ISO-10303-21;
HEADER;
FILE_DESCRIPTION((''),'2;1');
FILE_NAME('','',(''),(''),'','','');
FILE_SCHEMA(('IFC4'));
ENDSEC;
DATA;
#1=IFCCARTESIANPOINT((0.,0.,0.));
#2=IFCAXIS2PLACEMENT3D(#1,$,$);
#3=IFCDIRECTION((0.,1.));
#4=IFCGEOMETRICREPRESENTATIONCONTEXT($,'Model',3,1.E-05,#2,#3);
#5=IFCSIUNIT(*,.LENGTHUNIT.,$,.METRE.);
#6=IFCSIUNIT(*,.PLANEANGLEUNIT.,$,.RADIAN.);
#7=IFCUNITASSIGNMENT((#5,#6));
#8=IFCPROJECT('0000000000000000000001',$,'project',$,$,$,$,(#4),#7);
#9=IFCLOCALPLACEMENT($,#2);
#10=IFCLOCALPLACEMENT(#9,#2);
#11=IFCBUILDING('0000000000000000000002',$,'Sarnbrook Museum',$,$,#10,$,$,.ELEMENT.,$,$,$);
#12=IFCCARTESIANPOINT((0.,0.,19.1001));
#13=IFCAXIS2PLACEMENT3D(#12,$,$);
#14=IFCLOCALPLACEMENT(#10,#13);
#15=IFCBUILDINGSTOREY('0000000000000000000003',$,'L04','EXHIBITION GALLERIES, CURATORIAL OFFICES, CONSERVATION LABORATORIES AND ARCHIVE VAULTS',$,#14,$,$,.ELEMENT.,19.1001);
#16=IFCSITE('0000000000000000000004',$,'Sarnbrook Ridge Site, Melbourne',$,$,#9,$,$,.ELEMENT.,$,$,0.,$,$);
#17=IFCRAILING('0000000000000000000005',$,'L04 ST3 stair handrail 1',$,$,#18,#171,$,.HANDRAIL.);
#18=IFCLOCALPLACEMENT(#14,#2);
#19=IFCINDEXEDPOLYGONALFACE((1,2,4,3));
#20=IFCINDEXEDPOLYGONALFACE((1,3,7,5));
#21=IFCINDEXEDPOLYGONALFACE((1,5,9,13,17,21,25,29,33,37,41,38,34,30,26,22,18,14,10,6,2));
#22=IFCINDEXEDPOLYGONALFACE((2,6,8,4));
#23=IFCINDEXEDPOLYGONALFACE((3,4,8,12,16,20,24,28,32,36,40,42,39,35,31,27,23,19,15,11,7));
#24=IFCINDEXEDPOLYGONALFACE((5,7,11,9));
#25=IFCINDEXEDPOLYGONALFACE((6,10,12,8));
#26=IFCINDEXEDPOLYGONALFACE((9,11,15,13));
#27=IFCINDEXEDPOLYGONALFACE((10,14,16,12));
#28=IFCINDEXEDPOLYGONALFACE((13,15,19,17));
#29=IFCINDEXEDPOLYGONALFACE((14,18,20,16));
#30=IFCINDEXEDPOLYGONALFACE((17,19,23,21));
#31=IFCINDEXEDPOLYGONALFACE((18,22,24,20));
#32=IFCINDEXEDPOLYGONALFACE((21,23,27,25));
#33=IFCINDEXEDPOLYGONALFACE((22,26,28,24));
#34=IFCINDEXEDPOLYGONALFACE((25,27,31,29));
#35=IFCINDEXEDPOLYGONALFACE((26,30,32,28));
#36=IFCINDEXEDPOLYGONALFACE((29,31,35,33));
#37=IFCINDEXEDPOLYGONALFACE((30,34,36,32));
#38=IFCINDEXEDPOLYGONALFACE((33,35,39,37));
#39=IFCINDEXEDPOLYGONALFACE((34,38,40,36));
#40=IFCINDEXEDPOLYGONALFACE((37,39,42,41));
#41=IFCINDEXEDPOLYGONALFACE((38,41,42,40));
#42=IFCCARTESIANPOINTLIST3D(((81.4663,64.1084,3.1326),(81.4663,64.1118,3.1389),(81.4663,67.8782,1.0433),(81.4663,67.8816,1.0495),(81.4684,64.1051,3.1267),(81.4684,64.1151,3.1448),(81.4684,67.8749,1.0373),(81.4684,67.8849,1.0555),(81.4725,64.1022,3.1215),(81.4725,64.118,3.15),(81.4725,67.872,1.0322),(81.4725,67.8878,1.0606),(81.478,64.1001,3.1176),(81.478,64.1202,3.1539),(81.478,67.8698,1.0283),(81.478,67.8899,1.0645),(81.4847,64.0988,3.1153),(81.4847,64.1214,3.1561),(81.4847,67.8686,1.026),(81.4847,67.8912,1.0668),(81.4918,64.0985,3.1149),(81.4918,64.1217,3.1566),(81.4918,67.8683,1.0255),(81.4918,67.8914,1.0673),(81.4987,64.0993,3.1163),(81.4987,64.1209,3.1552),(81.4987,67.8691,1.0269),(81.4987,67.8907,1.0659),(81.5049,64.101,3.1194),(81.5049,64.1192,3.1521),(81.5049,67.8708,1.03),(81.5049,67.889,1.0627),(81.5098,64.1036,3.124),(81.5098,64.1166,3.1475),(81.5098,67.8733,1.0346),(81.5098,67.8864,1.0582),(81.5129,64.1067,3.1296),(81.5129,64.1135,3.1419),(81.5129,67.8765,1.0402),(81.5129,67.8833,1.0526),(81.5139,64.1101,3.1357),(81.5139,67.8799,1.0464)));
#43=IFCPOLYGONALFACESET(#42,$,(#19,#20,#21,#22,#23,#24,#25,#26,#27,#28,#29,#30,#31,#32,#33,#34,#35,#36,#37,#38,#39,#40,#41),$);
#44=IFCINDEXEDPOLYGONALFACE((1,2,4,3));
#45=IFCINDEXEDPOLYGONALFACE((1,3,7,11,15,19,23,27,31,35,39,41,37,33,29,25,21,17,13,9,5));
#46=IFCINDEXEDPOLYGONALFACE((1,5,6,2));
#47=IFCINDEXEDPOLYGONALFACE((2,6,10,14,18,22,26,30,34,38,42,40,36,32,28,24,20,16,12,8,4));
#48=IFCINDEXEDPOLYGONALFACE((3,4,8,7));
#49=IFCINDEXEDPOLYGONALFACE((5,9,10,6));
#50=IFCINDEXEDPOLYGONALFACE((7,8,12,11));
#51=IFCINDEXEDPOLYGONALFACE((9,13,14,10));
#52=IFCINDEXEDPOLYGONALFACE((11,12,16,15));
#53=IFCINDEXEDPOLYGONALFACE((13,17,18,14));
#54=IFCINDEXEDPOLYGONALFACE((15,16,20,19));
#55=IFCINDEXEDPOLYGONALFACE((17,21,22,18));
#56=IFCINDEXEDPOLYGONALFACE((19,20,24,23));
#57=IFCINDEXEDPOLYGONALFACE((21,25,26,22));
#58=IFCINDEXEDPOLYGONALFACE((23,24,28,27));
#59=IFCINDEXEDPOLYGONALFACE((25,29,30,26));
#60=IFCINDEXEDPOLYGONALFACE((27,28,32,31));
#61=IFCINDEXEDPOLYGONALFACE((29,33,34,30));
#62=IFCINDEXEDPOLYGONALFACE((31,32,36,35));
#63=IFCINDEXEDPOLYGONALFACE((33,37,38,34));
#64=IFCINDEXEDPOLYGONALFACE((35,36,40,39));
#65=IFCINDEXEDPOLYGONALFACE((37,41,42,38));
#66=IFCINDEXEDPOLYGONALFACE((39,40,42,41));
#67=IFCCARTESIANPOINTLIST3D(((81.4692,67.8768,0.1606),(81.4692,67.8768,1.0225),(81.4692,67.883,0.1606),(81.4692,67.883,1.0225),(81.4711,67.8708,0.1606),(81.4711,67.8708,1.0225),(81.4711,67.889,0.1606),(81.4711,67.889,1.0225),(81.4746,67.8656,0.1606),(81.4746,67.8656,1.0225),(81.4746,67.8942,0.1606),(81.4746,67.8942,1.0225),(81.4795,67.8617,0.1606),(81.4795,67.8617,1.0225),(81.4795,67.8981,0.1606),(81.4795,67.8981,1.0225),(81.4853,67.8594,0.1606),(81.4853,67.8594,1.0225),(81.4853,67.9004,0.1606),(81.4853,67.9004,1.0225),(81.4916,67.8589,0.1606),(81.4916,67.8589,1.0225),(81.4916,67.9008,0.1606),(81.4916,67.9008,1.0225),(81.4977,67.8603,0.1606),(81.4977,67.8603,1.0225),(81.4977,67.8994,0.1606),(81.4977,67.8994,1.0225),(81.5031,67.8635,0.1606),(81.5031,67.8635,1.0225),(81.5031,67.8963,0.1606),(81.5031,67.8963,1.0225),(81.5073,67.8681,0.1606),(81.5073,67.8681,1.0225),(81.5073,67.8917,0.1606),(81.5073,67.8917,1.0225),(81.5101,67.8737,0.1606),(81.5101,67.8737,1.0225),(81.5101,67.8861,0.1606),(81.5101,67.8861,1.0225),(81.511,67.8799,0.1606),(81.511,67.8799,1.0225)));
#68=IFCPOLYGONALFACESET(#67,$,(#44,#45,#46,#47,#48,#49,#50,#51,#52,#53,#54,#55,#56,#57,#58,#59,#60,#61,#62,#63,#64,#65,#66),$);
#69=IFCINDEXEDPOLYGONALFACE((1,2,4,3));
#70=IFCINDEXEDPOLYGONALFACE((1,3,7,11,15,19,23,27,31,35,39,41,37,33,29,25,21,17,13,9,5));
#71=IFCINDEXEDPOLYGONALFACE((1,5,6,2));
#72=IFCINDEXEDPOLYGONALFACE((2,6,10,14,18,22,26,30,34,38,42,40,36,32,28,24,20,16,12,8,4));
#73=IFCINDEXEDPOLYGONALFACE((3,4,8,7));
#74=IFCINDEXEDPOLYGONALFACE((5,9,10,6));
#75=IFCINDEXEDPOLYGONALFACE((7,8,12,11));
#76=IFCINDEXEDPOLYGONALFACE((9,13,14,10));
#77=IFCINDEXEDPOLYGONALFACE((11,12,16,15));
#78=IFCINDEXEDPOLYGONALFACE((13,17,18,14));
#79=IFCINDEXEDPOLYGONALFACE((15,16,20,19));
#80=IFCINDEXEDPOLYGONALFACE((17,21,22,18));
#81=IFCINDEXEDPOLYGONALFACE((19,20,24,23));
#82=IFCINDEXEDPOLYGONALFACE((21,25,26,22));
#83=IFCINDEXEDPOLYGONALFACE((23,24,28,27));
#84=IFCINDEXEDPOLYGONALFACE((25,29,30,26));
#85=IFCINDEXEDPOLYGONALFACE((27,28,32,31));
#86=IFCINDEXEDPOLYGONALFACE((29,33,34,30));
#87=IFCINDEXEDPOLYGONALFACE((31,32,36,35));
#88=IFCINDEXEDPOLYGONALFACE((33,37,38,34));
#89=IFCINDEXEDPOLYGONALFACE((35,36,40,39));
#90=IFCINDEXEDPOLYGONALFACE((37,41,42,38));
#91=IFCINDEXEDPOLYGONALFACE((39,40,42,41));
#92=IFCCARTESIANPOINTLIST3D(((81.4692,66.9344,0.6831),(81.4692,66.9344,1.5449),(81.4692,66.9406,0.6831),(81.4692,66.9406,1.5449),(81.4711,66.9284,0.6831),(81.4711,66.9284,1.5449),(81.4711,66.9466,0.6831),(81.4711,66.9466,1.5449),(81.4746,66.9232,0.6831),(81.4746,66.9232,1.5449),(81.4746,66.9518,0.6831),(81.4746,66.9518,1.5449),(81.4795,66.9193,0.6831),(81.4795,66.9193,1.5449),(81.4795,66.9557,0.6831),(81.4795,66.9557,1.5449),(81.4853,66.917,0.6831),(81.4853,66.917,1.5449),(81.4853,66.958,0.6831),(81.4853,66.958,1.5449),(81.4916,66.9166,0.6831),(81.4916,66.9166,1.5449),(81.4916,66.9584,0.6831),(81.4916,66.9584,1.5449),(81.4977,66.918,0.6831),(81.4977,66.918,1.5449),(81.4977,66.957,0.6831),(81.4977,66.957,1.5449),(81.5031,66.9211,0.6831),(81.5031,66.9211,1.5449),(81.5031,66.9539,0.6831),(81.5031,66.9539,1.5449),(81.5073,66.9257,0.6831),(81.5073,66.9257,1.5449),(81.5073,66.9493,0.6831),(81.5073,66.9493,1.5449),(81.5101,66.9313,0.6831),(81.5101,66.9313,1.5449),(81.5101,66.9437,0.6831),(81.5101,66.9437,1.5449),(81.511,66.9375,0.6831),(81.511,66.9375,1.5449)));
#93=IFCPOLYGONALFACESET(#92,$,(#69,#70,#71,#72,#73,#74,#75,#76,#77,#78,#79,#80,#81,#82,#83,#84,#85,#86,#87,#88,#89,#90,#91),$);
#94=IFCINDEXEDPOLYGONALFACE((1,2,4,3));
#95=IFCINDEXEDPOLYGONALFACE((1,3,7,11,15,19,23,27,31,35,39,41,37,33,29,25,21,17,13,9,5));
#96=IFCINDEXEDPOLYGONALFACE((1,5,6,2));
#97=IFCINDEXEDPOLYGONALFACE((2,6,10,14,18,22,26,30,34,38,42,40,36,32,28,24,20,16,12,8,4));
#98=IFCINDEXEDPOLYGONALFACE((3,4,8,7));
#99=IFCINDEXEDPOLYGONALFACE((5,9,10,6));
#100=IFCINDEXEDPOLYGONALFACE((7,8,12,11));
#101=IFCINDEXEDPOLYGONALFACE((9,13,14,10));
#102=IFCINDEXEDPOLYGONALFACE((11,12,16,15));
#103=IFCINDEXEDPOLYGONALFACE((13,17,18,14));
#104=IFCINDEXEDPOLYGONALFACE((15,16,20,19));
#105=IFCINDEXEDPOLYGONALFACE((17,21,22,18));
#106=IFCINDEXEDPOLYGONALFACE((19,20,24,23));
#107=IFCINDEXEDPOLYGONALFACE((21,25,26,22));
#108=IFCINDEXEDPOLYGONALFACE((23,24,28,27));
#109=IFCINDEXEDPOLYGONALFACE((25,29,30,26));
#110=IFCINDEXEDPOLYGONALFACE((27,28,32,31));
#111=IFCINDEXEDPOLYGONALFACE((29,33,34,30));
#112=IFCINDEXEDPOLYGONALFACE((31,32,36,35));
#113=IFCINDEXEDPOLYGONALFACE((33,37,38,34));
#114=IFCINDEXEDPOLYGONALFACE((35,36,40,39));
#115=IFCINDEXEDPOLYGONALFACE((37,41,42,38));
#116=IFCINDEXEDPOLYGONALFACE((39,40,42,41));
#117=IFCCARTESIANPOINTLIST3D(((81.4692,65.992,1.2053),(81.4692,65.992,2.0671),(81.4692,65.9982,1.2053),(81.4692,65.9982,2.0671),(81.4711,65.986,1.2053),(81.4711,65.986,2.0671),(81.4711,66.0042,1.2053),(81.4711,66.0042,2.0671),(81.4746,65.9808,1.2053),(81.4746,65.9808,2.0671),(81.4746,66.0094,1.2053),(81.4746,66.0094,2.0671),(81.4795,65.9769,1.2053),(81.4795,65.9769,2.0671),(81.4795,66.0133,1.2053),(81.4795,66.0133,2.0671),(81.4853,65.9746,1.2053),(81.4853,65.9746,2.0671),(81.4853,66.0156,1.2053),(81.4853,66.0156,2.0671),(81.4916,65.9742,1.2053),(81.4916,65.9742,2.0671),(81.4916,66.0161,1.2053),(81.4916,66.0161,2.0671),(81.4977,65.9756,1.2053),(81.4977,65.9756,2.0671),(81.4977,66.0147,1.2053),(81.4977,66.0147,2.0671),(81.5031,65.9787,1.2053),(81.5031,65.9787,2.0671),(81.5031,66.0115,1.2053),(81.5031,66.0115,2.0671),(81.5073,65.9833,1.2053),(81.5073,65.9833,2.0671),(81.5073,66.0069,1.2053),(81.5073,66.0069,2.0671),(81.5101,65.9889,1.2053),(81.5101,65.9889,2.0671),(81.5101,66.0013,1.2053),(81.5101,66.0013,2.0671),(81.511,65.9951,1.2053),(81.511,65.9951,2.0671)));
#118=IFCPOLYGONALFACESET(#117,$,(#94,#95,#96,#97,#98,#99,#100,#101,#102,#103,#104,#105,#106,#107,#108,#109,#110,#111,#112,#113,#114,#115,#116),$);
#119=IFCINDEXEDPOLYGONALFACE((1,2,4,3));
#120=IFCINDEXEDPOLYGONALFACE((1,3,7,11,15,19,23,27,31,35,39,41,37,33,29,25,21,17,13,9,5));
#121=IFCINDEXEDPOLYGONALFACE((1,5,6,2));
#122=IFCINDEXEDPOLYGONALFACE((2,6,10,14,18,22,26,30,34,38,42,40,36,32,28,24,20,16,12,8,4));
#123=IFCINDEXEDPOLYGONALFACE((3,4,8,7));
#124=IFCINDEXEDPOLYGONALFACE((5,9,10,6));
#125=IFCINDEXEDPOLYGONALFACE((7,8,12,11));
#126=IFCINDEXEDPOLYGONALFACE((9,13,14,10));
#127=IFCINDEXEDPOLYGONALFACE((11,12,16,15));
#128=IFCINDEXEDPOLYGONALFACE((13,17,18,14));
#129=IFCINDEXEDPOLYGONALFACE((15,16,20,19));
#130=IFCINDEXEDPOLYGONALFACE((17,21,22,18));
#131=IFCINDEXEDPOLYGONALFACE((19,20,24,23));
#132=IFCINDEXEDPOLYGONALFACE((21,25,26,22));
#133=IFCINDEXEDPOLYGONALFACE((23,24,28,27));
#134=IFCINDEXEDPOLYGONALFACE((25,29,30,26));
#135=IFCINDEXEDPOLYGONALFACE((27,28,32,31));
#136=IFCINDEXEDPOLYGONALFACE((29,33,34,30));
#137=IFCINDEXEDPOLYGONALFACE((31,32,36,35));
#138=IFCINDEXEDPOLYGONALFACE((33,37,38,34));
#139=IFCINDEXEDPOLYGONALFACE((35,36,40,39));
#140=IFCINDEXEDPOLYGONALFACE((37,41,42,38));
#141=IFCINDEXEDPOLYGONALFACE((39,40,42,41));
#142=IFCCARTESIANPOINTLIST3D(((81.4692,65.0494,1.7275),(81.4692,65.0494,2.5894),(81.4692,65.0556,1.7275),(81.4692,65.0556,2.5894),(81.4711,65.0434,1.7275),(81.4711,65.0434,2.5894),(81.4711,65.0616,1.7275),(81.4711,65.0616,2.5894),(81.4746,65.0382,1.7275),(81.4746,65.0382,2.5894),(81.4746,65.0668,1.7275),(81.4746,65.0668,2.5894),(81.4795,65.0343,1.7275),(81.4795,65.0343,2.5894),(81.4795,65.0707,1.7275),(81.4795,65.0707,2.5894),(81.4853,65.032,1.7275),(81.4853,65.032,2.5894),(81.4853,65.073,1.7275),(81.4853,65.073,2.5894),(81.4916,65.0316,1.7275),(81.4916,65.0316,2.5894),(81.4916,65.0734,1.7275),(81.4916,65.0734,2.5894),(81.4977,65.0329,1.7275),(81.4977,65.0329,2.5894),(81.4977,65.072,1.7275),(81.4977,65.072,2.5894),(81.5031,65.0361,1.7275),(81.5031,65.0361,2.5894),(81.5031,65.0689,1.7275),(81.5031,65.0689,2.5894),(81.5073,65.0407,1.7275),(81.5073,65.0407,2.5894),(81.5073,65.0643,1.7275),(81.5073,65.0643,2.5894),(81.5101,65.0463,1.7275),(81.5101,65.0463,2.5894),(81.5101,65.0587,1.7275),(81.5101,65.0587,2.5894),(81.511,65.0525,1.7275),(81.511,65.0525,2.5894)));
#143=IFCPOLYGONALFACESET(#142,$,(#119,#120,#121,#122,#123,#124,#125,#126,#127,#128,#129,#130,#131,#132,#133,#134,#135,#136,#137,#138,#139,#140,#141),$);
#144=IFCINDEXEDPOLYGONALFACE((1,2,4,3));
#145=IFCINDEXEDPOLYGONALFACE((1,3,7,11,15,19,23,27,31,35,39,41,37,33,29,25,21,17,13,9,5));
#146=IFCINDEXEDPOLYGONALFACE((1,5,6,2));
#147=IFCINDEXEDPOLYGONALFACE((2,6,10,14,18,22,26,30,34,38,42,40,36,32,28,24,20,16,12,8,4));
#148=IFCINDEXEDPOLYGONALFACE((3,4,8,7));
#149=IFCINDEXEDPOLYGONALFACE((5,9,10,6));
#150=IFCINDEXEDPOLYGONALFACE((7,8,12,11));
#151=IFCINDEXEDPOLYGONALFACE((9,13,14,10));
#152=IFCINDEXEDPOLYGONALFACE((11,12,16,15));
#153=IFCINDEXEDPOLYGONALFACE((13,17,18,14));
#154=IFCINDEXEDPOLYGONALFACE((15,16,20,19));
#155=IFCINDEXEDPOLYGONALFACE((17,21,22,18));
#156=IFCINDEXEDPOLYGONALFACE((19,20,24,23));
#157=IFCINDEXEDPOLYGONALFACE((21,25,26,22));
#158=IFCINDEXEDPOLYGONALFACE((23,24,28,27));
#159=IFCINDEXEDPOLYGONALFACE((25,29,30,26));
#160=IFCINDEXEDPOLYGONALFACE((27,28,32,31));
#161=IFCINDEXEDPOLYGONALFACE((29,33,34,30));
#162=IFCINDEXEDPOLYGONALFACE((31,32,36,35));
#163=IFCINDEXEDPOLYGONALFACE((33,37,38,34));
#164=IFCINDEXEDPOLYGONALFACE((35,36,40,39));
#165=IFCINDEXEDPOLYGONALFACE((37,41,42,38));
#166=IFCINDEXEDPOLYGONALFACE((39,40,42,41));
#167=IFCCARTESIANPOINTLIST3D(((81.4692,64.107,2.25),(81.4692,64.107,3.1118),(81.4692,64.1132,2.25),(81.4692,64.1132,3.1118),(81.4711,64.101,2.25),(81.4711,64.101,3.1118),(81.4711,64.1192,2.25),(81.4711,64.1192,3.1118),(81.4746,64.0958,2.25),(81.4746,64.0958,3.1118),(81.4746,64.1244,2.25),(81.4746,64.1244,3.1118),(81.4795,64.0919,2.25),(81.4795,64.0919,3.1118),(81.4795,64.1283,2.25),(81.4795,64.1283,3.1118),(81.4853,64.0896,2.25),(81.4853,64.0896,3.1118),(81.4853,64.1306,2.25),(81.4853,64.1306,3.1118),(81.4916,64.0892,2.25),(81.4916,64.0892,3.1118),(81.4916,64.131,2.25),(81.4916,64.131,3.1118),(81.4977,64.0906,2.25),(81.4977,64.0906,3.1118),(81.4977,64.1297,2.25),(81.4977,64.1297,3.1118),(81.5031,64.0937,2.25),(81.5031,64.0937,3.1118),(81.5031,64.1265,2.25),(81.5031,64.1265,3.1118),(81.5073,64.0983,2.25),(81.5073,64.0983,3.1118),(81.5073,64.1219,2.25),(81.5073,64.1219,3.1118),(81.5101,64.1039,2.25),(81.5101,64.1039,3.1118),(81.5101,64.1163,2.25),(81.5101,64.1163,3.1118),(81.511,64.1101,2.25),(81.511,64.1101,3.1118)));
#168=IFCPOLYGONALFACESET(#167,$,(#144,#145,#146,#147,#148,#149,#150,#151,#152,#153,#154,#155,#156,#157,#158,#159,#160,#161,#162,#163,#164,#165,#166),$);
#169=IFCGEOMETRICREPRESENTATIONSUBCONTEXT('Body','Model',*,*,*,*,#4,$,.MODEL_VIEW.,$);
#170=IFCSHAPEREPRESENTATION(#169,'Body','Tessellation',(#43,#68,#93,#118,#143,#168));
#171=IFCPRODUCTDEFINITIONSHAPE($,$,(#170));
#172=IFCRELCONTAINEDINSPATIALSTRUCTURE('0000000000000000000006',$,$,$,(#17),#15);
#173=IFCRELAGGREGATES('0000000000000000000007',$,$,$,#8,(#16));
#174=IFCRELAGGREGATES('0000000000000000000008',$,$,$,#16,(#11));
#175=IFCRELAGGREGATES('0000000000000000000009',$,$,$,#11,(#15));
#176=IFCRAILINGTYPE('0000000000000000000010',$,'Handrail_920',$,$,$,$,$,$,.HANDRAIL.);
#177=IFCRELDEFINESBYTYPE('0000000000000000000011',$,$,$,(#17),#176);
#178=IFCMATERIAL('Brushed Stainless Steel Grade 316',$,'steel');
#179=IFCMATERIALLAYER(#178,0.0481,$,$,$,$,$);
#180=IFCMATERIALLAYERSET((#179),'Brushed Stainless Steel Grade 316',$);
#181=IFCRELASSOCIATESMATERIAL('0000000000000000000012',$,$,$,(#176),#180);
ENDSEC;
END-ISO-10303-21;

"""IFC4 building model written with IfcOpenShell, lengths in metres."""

from ifc_helpers import new_model, si_unit, direction, frame, origin, origin_2d, place, context, subcontext, project, spatial, circle, extrude, material, layer, layer_set, type_object, element, save


model = new_model("IFC4")

# Units and contexts
model_context = context("Model", 3, precision=1e-05, world=origin(), true_north=direction((0.0, 1.0)))
body_context = subcontext(model_context, "Body", "Model", "MODEL_VIEW")
ifc_project = project(units=[si_unit("LENGTHUNIT", "METRE"), si_unit("PLANEANGLEUNIT", "RADIAN")], contexts=[model_context])

# Site, building, storey
site_placement = place(None, origin())
site = spatial("IfcSite", under=ifc_project, at=site_placement, Name="Sarnbrook Ridge Site, Melbourne", CompositionType="ELEMENT", RefElevation=0.0)
building_placement = place(site_placement, origin())
building = spatial("IfcBuilding", under=site, at=building_placement, Name="Sarnbrook Museum", CompositionType="ELEMENT")
storey_placement = place(building_placement, frame((0.0, 0.0, 19.1001)))
storey = spatial("IfcBuildingStorey", under=building, at=storey_placement, Name="L04", Description="EXHIBITION GALLERIES, CURATORIAL OFFICES, CONSERVATION LABORATORIES AND ARCHIVE VAULTS", CompositionType="ELEMENT", Elevation=19.1001)

# Shared definitions
ifc_material_1 = material(Name="Brushed Stainless Steel Grade 316", Category="steel")

# Railing
ifc_layer_1 = layer(ifc_material_1, 0.0481)
ifc_layer_set_1 = layer_set([ifc_layer_1], Name="Brushed Stainless Steel Grade 316")
railing_type_1 = type_object("IfcRailingType", Name="Handrail_920", PredefinedType="HANDRAIL", material=ifc_layer_set_1)
railing_1_placement = place(storey_placement, frame((81.49, 67.8799, 0.1606)))
element("IfcRailing", 1, at=railing_1_placement, inside=storey, type_object=railing_type_1, Name="L04 ST3 stair handrail 1", PredefinedType="HANDRAIL", context=body_context, shape_type="SweptSolid", body=[
    extrude(circle(Radius=0.0239, at=origin_2d()), frame((0.0, 0.0, 0.8857), z_axis=(0.0, -0.874646, 0.484763), x_axis=(1.0, 0.0, 0.0)), (0.0, 0.0, 1.0), 4.3101),
    extrude(circle(Radius=0.021, at=origin_2d()), origin(), (0.0, 0.0, 1.0), 0.8618),
    extrude(circle(Radius=0.021, at=origin_2d()), frame((0.0, -0.9424, 0.5225)), (0.0, 0.0, 1.0), 0.8618),
    extrude(circle(Radius=0.021, at=origin_2d()), frame((0.0, -1.8848, 1.0447)), (0.0, 0.0, 1.0), 0.8618),
    extrude(circle(Radius=0.021, at=origin_2d()), frame((0.0, -2.8274, 1.5669)), (0.0, 0.0, 1.0), 0.8618),
    extrude(circle(Radius=0.021, at=origin_2d()), frame((0.0, -3.7698, 2.0894)), (0.0, 0.0, 1.0), 0.8618),
])

save(model, "model.ifc")
